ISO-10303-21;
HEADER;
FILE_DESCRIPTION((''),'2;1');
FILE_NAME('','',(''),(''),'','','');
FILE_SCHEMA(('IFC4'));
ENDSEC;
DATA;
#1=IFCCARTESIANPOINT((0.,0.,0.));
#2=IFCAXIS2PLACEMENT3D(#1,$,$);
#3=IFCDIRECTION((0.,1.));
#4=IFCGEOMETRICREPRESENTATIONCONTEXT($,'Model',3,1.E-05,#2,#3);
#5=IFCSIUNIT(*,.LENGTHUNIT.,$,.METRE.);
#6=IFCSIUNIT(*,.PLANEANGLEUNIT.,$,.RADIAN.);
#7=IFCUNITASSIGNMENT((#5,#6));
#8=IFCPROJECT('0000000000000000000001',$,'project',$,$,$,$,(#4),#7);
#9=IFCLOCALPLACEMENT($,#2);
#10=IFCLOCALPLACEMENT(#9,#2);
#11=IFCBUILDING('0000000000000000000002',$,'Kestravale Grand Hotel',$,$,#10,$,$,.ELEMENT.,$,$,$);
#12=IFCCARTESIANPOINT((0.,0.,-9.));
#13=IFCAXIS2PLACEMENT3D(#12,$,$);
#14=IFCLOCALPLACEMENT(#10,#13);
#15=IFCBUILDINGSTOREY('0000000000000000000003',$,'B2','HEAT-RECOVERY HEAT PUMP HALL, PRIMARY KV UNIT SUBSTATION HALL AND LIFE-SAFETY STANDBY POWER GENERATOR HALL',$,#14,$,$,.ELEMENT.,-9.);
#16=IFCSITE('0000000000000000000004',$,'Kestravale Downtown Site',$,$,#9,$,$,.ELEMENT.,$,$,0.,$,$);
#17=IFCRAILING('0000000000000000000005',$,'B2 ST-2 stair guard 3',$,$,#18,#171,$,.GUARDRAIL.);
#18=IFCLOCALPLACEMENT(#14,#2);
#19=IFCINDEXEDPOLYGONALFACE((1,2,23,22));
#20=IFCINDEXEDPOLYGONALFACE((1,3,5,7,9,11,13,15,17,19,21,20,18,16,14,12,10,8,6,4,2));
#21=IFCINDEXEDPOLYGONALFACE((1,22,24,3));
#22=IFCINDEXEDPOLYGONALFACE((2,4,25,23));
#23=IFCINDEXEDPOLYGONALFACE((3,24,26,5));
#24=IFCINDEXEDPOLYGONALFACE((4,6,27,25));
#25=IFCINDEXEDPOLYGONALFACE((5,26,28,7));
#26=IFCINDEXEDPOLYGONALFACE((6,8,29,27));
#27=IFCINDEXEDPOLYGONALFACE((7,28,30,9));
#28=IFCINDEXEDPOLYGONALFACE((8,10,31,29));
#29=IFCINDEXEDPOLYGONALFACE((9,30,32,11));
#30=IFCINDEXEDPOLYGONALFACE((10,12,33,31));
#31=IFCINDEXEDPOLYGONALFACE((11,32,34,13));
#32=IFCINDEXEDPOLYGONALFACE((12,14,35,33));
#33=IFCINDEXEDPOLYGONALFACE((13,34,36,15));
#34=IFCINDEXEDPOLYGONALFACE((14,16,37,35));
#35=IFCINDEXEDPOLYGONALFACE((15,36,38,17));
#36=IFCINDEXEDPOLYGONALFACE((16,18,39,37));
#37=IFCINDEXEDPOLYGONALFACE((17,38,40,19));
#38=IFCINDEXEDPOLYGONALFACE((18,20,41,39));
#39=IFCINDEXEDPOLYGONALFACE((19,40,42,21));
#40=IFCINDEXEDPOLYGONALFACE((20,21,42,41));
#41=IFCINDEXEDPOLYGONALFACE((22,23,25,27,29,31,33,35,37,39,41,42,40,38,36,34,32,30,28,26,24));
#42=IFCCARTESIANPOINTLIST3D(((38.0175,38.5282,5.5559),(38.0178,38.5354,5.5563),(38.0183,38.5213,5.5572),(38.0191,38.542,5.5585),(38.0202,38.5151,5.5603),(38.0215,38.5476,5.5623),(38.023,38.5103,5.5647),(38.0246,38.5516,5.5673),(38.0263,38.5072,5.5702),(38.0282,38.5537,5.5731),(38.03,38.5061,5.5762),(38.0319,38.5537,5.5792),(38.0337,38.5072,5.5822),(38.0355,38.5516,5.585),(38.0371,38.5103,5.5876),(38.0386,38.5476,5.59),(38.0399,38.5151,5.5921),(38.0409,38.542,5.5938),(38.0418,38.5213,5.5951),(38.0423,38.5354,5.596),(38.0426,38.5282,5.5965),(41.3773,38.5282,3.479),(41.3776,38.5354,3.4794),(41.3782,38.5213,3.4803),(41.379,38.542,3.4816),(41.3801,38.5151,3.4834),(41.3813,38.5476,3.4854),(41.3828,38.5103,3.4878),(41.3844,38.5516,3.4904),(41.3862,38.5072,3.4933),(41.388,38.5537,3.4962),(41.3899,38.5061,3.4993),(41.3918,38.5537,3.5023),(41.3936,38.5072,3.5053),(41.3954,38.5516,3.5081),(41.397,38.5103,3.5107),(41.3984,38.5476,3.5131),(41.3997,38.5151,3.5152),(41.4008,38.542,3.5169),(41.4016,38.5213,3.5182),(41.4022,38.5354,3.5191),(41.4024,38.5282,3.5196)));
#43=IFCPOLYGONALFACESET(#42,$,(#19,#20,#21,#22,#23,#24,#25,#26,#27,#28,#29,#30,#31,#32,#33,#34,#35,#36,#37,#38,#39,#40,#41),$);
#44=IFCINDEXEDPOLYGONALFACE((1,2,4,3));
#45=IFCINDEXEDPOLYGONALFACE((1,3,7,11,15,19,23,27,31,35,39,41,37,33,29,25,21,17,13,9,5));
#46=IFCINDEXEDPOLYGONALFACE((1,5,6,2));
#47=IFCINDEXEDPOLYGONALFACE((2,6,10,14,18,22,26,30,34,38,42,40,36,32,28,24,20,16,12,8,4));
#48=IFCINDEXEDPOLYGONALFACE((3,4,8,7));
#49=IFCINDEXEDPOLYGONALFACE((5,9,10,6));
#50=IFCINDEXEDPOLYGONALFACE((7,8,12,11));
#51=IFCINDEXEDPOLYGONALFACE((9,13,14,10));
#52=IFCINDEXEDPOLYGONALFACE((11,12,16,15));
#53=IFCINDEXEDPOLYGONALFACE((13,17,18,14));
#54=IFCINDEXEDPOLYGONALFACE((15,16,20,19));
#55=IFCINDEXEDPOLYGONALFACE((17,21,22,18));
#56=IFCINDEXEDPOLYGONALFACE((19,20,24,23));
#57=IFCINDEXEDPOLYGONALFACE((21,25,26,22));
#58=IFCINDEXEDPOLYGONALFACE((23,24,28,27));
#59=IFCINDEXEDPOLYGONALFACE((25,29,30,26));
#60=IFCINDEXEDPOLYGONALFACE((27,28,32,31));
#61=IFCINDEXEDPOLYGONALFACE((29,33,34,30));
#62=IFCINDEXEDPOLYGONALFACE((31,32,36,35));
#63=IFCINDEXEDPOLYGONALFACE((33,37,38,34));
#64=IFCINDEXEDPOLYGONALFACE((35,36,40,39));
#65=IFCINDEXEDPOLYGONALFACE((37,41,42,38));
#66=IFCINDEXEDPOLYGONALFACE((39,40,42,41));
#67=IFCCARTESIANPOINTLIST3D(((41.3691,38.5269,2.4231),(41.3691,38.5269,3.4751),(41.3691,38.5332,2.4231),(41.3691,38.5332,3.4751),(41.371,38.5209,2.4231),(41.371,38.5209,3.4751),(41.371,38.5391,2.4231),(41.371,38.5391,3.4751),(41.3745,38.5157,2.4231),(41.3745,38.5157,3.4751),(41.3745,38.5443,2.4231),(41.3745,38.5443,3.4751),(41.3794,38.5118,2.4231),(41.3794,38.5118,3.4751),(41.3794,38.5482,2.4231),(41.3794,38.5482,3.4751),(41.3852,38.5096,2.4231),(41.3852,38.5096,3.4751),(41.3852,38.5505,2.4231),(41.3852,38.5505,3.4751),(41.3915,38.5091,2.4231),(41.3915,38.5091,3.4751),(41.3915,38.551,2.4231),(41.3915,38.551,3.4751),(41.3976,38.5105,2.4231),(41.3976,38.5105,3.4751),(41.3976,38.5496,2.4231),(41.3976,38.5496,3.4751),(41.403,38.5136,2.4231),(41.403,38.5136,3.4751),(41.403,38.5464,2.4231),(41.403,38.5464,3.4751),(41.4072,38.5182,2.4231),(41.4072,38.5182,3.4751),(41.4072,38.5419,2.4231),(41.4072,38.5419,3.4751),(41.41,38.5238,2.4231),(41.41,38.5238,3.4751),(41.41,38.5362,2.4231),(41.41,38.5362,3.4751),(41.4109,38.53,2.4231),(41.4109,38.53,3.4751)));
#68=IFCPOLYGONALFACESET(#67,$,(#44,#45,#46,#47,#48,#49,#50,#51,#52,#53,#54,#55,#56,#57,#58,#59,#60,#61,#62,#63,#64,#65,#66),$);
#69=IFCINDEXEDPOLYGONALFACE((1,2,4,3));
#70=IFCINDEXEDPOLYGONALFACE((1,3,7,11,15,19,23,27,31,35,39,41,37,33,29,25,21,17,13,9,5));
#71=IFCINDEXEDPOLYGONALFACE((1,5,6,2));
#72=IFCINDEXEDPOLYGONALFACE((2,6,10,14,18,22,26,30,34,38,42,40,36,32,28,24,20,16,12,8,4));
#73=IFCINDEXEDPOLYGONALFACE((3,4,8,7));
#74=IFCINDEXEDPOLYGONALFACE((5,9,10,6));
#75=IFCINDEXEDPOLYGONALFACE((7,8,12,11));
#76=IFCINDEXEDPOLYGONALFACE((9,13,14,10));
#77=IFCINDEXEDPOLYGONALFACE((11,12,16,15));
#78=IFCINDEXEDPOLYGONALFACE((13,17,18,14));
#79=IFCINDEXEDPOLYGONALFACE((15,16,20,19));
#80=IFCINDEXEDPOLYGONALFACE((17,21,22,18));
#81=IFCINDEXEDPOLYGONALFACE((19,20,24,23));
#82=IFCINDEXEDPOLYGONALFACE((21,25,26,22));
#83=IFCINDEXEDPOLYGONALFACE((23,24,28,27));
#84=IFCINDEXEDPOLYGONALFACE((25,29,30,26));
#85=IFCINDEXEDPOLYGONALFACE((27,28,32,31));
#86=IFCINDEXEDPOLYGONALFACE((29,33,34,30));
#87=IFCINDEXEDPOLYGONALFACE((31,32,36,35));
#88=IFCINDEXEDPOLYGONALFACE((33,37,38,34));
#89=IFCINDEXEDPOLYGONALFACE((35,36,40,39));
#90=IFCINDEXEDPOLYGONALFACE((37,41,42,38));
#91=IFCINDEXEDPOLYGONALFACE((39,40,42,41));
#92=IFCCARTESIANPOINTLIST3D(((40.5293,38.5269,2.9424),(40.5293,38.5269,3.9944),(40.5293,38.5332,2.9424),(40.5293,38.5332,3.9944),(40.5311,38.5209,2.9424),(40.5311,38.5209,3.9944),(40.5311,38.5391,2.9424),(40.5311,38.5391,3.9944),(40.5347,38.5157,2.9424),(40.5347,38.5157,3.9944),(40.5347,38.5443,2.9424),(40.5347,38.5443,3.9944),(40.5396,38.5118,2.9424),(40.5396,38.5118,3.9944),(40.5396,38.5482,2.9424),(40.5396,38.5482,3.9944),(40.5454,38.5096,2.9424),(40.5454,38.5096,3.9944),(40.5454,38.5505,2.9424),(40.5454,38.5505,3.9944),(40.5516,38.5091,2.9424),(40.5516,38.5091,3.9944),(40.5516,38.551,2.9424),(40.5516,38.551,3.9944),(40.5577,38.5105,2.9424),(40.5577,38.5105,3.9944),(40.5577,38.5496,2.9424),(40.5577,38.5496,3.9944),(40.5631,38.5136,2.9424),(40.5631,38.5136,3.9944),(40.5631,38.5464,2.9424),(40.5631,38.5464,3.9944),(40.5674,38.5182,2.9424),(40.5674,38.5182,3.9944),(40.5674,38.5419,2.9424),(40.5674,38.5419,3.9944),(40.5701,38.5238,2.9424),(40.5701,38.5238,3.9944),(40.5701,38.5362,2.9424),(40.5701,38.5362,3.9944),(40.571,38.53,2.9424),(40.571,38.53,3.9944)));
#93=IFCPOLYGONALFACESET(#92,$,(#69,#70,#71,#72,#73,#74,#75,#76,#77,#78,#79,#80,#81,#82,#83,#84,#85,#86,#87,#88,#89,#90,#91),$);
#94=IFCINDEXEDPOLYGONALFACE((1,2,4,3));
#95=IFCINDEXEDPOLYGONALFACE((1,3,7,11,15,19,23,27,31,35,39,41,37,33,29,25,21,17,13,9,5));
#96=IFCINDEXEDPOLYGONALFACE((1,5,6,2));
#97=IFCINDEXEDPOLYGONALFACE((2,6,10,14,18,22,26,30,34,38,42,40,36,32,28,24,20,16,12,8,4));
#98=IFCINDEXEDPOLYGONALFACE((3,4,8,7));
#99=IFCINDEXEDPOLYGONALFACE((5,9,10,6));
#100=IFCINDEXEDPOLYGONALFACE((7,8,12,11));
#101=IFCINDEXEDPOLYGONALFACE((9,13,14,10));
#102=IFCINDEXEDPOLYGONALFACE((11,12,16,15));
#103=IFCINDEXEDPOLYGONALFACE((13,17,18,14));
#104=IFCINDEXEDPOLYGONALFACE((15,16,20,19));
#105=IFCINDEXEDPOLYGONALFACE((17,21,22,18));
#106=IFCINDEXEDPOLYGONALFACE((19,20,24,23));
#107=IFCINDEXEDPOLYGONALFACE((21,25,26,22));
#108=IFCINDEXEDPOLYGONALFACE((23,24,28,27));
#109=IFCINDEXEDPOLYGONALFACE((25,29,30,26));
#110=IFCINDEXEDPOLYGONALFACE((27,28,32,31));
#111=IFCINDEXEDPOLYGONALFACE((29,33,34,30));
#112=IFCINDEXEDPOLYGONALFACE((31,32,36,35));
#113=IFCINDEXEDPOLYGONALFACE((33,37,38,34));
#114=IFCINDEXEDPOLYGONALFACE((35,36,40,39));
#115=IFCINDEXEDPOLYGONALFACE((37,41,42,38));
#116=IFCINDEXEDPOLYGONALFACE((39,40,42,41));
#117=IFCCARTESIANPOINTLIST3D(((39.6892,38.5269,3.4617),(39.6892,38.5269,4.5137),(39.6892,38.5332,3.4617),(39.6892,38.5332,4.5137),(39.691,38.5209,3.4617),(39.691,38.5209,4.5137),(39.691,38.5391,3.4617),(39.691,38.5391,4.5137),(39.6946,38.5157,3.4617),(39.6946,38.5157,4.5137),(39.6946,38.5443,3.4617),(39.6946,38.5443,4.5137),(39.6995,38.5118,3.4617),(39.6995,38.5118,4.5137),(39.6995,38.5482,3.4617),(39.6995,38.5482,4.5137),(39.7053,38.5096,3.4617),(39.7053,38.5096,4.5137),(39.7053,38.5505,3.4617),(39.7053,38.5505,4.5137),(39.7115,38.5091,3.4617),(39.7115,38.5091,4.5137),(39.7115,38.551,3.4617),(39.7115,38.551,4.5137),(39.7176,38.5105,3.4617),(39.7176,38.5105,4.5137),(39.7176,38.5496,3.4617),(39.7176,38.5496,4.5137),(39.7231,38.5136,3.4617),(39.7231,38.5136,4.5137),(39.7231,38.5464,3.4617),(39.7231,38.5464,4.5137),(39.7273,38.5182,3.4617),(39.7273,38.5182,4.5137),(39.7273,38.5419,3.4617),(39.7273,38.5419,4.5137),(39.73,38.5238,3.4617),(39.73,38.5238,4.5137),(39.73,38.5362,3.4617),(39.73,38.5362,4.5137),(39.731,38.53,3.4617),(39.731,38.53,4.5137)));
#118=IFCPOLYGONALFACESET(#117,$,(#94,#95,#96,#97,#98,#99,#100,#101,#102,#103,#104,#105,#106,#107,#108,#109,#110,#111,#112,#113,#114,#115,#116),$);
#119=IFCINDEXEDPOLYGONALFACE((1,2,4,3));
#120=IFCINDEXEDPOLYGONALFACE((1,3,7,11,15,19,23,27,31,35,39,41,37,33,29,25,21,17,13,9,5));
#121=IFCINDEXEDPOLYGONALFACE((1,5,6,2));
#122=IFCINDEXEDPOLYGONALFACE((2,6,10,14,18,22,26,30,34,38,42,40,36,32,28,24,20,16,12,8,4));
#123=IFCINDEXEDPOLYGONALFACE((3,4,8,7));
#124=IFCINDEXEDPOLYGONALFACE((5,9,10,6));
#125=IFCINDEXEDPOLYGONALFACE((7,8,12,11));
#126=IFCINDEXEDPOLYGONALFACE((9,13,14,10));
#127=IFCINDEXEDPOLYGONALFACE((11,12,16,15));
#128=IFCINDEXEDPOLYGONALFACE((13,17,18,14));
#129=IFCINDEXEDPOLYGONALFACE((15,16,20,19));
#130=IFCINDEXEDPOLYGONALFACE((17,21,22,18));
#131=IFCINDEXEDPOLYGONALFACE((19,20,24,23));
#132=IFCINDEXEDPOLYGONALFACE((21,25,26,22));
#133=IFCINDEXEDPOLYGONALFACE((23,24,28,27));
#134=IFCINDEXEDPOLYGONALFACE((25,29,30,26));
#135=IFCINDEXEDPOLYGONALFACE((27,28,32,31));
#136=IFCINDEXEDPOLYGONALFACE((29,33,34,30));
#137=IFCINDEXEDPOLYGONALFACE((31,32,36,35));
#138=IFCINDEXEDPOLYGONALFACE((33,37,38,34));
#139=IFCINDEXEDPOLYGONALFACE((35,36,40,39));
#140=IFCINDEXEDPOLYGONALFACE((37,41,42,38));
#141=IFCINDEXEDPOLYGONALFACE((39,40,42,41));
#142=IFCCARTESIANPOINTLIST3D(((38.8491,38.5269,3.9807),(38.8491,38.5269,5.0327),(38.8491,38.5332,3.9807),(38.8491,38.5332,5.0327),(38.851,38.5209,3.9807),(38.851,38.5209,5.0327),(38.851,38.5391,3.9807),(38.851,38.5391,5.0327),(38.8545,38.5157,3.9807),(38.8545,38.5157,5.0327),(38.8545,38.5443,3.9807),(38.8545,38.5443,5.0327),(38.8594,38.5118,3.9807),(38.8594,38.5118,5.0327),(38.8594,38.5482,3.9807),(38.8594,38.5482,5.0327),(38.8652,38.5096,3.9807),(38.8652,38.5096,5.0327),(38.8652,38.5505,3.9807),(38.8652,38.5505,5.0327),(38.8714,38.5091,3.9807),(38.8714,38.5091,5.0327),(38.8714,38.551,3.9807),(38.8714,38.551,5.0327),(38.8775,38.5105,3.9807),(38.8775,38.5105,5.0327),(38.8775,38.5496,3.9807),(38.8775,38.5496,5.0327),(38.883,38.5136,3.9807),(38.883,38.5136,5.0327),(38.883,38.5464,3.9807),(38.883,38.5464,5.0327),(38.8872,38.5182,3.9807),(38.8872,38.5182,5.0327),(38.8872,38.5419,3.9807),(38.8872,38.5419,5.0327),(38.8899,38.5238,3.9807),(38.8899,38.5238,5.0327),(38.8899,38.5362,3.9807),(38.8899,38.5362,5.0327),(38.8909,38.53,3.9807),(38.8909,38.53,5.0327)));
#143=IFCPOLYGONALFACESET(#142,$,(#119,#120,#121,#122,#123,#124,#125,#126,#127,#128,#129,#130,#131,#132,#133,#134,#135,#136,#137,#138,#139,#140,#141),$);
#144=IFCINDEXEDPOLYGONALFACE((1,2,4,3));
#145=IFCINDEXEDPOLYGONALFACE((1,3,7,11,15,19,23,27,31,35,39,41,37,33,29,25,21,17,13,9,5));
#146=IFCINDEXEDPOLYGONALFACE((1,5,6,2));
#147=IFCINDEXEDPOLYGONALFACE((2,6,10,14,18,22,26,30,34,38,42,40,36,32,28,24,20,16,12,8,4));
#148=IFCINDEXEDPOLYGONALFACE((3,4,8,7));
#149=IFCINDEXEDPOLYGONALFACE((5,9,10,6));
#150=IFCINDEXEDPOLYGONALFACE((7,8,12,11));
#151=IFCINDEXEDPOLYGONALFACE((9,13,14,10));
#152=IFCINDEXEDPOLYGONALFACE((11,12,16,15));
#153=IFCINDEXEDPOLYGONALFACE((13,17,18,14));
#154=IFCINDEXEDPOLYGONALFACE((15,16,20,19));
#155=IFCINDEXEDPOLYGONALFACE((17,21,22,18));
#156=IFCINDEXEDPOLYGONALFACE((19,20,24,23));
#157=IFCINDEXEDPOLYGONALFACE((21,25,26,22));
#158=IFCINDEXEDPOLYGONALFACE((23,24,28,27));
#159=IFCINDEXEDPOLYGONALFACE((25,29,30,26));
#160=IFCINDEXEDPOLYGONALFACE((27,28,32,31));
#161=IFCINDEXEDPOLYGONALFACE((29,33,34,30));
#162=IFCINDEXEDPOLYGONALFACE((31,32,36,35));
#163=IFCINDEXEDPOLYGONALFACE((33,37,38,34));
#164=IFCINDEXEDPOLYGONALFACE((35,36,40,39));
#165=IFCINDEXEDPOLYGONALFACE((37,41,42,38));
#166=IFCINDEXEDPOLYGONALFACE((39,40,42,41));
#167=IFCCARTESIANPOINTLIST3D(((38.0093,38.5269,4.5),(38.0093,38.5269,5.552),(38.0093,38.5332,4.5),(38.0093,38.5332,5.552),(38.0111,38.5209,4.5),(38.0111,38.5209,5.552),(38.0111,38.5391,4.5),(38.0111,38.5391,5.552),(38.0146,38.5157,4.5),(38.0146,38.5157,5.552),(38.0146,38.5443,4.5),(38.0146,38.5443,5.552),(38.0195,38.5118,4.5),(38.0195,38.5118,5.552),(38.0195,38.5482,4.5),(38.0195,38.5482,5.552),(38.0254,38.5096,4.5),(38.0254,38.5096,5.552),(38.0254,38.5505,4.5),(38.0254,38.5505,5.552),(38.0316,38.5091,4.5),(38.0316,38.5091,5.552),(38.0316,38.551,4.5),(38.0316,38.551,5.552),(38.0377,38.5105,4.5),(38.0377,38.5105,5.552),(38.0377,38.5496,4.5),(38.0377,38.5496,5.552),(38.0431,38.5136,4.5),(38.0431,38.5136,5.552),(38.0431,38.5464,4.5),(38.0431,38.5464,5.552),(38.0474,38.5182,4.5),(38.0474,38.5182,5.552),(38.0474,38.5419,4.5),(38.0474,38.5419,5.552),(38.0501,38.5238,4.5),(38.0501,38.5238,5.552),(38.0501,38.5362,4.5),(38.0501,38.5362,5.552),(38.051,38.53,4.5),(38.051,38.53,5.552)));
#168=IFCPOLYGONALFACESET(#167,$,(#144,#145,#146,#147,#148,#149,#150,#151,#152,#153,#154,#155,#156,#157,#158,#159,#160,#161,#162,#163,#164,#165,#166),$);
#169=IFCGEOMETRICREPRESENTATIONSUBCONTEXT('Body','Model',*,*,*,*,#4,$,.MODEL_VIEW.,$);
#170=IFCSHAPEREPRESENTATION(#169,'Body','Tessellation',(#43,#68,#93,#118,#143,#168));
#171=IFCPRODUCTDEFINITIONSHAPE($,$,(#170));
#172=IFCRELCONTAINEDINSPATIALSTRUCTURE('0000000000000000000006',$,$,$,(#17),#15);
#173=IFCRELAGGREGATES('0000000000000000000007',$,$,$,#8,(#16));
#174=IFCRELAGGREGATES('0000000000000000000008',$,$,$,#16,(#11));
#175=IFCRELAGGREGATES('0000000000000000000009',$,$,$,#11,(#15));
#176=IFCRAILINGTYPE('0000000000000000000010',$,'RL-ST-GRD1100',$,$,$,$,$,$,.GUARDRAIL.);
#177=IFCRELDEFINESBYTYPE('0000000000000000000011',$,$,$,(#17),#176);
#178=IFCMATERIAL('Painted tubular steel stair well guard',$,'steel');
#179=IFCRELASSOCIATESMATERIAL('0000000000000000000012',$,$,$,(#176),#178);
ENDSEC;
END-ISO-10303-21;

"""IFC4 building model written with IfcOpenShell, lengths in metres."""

from ifc_helpers import new_model, si_unit, direction, frame, origin, origin_2d, place, context, subcontext, project, spatial, circle, extrude, material, type_object, element, save


model = new_model("IFC4")

# Units and contexts
model_context = context("Model", 3, precision=1e-05, world=origin(), true_north=direction((0.0, 1.0)))
body_context = subcontext(model_context, "Body", "Model", "MODEL_VIEW")
ifc_project = project(units=[si_unit("LENGTHUNIT", "METRE"), si_unit("PLANEANGLEUNIT", "RADIAN")], contexts=[model_context])

# Site, building, storey
site_placement = place(None, origin())
site = spatial("IfcSite", under=ifc_project, at=site_placement, Name="Kestravale Downtown Site", CompositionType="ELEMENT", RefElevation=0.0)
building_placement = place(site_placement, origin())
building = spatial("IfcBuilding", under=site, at=building_placement, Name="Kestravale Grand Hotel", CompositionType="ELEMENT")
storey_placement = place(building_placement, frame((0.0, 0.0, -9.0)))
storey = spatial("IfcBuildingStorey", under=building, at=storey_placement, Name="B2", Description="HEAT-RECOVERY HEAT PUMP HALL, PRIMARY KV UNIT SUBSTATION HALL AND LIFE-SAFETY STANDBY POWER GENERATOR HALL", CompositionType="ELEMENT", Elevation=-9.0)

# Railing
ifc_material_1 = material(Name="Painted tubular steel stair well guard", Category="steel")
railing_type_1 = type_object("IfcRailingType", Name="RL-ST-GRD1100", PredefinedType="GUARDRAIL", material=ifc_material_1)
railing_1_placement = place(storey_placement, frame((41.3899, 38.53, 2.4231)))
element("IfcRailing", 1, at=railing_1_placement, inside=storey, type_object=railing_type_1, Name="B2 ST-2 stair guard 3", PredefinedType="GUARDRAIL", context=body_context, shape_type="SweptSolid", body=[
    extrude(circle(Radius=0.0239, at=origin_2d()), frame((0.0, 0.0, 1.0762), z_axis=(-0.850606, 0.0, 0.525803), x_axis=(0.0, -1.0, 0.0)), (0.0, 0.0, 1.0), 3.95),
    extrude(circle(Radius=0.021, at=origin_2d()), origin(), (0.0, 0.0, 1.0), 1.052),
    extrude(circle(Radius=0.021, at=origin_2d()), frame((-0.8398, 0.0, 0.5193)), (0.0, 0.0, 1.0), 1.052),
    extrude(circle(Radius=0.021, at=origin_2d()), frame((-1.6799, 0.0, 1.0386)), (0.0, 0.0, 1.0), 1.052),
    extrude(circle(Radius=0.021, at=origin_2d()), frame((-2.52, 0.0, 1.5576)), (0.0, 0.0, 1.0), 1.052),
    extrude(circle(Radius=0.021, at=origin_2d()), frame((-3.3599, 0.0, 2.0769)), (0.0, 0.0, 1.0), 1.052),
])

save(model, "model.ifc")
